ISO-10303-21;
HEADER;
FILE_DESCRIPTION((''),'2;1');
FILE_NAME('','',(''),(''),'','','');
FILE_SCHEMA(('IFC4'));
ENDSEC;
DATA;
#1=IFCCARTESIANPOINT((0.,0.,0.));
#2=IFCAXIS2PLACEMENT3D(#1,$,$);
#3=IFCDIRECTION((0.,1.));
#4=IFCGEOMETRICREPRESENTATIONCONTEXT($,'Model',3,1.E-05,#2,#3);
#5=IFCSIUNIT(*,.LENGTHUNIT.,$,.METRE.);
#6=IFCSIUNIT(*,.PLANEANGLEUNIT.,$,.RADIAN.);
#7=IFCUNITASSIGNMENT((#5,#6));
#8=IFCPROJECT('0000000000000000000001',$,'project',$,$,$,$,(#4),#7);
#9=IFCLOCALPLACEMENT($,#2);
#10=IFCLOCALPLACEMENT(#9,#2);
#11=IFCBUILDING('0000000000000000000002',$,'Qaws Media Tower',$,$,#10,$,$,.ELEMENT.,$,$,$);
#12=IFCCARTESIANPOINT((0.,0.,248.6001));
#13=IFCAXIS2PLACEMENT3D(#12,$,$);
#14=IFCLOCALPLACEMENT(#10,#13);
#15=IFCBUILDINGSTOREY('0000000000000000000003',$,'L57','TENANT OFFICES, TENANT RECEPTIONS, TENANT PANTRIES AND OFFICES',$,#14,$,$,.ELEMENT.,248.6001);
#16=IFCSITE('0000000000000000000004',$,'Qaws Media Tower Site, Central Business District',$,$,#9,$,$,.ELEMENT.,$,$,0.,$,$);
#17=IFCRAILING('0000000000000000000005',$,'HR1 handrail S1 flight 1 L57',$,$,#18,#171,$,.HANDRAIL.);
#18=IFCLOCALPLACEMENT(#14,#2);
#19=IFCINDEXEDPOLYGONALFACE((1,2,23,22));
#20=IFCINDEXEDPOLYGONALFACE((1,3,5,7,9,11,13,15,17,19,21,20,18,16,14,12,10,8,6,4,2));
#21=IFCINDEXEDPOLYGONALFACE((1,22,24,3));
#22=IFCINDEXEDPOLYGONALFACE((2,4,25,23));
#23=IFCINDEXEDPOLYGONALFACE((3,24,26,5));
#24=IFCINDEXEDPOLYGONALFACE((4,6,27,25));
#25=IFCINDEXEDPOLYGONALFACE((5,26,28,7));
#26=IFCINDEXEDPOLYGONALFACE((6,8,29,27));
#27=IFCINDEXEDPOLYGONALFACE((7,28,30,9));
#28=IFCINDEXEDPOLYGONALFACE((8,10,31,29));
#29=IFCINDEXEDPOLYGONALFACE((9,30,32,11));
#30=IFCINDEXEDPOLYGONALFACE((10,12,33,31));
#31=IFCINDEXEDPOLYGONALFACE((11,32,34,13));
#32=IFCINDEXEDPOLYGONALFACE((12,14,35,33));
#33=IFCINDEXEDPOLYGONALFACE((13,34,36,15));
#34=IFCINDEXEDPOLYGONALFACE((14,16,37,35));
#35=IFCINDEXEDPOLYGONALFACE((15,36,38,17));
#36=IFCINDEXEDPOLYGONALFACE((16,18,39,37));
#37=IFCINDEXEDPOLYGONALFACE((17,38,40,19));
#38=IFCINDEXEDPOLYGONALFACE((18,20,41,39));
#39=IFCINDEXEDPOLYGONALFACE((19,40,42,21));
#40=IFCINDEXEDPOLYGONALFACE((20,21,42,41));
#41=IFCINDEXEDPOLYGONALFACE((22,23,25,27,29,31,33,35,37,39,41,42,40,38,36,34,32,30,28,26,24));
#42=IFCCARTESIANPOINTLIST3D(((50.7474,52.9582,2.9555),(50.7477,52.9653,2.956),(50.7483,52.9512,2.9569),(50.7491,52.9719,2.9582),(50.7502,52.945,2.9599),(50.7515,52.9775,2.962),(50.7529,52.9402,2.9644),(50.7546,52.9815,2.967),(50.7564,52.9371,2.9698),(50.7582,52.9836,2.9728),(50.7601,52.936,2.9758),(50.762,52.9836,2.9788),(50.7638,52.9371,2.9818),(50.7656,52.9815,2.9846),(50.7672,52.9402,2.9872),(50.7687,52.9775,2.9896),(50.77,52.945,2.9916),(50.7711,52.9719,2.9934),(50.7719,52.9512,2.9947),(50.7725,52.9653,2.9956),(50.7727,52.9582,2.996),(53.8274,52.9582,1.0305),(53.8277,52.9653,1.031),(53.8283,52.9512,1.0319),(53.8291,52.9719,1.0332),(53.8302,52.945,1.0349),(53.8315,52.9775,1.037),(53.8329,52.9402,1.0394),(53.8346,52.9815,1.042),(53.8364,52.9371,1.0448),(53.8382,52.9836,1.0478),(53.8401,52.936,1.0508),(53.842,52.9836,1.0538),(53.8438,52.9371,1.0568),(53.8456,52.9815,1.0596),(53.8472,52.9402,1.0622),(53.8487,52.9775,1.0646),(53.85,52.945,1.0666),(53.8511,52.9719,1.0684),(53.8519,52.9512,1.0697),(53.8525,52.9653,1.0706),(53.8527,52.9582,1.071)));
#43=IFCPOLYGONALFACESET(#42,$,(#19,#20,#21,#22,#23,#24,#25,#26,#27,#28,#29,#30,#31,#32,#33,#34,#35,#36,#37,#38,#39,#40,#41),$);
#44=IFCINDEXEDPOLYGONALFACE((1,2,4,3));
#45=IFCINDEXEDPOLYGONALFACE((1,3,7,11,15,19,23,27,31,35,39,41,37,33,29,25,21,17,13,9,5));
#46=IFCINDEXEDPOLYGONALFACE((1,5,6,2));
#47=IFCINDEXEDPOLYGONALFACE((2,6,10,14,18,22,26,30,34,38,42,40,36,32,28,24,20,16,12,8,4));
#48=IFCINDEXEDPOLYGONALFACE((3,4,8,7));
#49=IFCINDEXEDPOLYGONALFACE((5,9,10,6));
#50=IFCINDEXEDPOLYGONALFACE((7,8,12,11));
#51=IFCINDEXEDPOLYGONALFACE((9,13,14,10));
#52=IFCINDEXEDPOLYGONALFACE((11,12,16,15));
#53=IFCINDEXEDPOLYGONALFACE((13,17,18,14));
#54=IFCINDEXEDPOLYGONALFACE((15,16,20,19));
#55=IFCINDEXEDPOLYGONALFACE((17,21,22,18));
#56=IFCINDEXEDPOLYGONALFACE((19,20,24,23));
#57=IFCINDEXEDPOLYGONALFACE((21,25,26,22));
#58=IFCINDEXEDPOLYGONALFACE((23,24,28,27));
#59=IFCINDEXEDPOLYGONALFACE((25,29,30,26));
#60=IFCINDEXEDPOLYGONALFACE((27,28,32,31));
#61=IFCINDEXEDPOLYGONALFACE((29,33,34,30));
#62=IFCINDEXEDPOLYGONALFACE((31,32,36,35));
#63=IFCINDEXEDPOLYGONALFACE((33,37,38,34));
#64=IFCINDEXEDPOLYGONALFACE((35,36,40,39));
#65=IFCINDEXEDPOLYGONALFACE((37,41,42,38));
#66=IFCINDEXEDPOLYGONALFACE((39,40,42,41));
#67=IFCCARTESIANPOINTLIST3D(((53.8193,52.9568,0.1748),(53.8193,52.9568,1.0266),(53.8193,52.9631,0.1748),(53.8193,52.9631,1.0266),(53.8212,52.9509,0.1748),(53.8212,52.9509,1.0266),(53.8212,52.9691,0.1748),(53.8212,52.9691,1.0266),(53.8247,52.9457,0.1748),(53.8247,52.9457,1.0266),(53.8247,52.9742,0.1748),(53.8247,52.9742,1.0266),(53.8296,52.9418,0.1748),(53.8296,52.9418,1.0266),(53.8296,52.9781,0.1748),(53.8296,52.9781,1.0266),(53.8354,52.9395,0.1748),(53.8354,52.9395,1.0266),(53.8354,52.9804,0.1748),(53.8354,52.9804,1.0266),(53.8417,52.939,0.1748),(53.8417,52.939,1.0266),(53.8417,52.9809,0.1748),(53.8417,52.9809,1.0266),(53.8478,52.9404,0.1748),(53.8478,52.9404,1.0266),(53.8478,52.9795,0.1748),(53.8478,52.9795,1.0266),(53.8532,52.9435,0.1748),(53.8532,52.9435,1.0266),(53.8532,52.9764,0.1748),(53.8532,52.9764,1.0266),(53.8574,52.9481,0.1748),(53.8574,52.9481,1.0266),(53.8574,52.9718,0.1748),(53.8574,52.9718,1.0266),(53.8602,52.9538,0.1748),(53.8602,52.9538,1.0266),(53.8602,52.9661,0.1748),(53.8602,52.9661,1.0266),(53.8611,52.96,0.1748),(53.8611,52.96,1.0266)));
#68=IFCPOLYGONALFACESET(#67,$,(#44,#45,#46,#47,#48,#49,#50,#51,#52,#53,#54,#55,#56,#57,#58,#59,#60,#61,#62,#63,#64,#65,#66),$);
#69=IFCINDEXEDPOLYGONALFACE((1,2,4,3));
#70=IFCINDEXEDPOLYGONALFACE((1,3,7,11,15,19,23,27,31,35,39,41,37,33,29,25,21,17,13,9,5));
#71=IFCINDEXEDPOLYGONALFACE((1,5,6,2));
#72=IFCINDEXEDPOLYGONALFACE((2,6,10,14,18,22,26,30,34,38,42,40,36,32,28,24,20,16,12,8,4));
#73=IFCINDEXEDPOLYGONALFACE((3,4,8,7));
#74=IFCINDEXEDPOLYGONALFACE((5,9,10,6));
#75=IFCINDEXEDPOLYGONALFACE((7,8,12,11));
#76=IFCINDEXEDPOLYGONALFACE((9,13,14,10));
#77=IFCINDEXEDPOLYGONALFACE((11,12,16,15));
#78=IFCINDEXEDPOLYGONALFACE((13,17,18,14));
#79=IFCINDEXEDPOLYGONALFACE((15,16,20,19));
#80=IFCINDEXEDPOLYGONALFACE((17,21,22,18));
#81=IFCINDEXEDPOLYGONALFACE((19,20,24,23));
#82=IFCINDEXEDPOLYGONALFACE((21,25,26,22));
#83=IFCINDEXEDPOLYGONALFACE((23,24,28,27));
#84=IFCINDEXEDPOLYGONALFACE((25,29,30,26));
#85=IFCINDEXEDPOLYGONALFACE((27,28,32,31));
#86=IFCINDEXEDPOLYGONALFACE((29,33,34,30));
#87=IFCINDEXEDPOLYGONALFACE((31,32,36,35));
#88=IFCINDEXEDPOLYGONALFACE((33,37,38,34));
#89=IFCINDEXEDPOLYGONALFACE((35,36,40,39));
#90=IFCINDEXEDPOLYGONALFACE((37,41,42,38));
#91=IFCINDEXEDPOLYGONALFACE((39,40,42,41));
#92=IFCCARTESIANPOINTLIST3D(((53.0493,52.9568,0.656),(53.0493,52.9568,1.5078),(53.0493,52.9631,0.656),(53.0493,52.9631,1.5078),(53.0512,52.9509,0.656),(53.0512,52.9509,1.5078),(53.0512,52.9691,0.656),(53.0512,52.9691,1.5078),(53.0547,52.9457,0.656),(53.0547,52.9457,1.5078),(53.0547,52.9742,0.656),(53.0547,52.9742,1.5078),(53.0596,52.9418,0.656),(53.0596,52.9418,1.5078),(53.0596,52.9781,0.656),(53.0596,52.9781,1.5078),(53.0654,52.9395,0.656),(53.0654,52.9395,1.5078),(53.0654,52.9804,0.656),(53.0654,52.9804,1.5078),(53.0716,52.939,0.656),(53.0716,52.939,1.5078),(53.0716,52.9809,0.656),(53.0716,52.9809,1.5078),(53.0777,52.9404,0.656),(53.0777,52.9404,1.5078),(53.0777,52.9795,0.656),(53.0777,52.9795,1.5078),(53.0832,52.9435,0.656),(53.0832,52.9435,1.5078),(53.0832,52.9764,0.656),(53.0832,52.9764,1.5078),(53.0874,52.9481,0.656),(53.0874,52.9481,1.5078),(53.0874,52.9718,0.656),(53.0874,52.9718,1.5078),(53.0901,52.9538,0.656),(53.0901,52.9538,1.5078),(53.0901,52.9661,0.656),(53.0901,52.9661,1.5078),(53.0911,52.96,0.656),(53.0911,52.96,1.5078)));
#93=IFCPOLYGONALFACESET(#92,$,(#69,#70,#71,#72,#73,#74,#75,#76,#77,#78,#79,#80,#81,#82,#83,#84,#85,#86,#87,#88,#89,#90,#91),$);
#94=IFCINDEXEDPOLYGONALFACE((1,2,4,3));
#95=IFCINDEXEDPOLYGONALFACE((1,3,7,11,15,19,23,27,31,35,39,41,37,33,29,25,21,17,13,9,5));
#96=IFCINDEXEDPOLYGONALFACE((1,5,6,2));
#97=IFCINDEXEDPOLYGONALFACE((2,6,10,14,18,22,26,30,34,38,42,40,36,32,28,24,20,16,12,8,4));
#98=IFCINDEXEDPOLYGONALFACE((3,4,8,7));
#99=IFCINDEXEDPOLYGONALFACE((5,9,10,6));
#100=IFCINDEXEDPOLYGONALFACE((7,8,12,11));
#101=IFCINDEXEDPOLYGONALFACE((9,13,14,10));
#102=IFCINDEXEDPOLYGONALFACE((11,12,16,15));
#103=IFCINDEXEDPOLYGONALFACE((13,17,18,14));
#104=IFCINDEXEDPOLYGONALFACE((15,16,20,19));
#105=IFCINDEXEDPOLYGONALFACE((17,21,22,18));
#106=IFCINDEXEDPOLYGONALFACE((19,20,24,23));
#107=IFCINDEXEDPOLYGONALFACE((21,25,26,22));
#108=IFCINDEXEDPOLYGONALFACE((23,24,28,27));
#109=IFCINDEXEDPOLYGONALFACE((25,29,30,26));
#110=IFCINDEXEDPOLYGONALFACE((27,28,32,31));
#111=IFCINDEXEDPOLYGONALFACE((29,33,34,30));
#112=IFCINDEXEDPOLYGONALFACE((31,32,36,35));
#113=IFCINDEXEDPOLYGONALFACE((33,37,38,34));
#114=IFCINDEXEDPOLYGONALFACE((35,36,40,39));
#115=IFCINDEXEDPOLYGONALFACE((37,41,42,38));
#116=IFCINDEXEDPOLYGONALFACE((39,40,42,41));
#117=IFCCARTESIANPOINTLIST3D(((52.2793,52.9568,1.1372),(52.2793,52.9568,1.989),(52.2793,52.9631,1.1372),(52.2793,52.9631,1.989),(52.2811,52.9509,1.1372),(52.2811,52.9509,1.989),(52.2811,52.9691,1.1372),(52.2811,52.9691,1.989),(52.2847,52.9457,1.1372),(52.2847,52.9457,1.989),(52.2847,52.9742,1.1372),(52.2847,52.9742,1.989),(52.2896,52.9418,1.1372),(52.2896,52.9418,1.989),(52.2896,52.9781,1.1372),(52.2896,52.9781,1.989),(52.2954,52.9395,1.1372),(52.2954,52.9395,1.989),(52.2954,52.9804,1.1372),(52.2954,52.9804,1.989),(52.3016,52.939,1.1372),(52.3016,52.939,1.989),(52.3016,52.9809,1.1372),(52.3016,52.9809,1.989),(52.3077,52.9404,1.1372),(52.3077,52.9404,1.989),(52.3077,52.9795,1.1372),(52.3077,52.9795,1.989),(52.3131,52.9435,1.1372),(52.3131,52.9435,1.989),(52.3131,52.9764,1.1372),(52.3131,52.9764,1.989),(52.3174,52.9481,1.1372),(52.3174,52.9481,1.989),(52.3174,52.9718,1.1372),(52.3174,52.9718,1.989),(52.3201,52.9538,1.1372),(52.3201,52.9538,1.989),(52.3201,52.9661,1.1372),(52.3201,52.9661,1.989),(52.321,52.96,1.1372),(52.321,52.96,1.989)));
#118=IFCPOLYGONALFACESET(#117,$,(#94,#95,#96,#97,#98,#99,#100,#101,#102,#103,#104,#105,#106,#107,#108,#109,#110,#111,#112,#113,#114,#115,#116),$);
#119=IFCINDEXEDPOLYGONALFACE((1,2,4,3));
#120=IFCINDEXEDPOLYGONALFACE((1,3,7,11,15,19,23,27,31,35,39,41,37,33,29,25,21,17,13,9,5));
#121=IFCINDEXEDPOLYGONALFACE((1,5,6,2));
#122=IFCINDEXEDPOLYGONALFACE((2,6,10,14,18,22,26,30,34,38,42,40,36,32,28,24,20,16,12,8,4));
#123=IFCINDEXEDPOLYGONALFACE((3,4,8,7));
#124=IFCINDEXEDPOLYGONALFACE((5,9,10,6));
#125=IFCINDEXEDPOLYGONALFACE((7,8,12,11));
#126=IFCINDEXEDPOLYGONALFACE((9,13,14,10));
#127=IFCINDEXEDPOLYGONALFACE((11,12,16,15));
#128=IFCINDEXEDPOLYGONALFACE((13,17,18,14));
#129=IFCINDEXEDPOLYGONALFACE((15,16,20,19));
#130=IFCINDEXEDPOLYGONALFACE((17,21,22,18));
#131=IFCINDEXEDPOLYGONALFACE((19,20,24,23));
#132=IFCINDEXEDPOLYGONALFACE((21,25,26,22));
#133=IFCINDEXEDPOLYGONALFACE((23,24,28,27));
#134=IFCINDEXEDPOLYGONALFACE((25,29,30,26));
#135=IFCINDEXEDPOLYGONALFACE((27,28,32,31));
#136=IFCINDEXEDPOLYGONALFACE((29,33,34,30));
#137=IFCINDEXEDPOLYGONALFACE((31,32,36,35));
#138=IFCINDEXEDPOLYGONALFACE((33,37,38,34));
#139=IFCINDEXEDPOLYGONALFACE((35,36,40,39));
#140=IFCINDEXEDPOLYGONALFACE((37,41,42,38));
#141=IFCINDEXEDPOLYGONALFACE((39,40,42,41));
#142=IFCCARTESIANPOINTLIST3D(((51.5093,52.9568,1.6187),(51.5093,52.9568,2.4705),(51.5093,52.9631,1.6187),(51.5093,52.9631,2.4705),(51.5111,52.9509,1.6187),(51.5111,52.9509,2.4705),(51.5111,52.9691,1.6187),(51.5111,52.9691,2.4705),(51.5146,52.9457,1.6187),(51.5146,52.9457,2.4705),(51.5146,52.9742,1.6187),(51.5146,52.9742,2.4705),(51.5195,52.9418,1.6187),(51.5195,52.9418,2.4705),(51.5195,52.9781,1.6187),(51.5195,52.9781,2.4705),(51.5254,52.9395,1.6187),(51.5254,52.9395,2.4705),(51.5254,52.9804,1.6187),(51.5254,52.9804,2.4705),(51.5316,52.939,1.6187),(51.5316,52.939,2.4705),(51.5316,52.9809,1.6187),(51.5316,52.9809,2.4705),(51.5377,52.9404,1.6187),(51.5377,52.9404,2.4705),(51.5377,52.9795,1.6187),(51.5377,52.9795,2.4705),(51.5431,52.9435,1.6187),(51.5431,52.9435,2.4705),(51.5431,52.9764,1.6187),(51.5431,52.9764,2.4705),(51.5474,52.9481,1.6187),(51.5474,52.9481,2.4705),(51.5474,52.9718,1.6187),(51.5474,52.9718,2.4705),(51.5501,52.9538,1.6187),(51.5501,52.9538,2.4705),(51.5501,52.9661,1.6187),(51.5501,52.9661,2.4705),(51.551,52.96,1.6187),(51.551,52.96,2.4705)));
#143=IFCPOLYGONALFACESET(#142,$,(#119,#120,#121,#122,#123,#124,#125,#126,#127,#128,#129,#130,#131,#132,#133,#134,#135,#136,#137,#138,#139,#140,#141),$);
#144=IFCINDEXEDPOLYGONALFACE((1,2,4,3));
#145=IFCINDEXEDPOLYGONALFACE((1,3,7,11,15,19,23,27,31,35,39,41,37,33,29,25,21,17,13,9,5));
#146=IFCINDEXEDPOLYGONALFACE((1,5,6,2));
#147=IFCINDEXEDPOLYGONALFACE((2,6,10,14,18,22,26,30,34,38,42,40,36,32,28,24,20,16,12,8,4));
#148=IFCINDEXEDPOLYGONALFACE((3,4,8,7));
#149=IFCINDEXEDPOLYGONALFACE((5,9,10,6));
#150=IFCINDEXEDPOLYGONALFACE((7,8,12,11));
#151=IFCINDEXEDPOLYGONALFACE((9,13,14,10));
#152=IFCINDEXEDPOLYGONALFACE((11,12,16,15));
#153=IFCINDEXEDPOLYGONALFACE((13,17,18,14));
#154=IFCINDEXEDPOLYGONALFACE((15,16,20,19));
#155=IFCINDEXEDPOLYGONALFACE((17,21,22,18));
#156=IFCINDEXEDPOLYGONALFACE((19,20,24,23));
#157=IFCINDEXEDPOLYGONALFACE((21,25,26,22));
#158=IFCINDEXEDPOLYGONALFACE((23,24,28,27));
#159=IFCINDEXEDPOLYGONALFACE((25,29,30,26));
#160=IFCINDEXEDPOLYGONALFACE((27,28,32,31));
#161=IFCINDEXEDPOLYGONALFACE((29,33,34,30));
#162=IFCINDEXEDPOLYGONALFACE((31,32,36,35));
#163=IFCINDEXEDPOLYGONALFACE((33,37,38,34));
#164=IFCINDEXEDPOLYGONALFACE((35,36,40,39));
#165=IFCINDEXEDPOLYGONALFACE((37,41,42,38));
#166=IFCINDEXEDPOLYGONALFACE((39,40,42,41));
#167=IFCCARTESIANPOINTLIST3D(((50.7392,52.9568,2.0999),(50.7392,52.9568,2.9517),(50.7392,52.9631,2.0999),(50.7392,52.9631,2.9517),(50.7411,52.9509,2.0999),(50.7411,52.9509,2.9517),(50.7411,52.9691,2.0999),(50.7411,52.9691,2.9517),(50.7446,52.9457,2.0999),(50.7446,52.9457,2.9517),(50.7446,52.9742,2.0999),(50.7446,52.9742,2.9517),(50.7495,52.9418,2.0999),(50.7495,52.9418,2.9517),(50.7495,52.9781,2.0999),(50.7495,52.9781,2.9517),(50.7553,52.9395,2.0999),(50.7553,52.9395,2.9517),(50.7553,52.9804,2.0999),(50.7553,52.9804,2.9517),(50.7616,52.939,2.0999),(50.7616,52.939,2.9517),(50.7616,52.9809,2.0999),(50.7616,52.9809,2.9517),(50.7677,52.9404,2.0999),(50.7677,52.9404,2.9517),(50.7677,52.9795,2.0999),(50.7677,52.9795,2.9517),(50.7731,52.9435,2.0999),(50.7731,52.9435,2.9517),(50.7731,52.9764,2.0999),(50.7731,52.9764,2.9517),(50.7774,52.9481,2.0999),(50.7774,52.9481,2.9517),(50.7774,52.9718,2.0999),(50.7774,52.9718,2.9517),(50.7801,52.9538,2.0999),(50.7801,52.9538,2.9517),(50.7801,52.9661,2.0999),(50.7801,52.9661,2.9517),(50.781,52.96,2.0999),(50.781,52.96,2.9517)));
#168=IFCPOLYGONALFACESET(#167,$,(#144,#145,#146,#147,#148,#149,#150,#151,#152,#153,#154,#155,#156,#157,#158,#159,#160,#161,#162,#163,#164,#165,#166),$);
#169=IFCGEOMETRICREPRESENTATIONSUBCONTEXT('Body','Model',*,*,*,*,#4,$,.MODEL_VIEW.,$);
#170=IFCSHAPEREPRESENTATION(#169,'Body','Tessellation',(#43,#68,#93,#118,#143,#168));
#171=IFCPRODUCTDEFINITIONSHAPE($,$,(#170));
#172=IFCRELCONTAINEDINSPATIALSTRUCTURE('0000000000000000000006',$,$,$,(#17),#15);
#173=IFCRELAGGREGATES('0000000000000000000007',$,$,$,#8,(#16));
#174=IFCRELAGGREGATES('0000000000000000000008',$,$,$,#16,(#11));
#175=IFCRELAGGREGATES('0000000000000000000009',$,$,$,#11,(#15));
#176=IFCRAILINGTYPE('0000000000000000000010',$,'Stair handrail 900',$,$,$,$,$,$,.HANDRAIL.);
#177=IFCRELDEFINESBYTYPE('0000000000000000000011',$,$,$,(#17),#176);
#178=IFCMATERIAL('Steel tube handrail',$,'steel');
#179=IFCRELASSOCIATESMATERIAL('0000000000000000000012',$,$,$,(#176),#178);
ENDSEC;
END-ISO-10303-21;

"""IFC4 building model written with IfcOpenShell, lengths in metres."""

from ifc_helpers import new_model, si_unit, direction, frame, origin, origin_2d, place, context, subcontext, project, spatial, circle, extrude, material, type_object, element, save


model = new_model("IFC4")

# Units and contexts
model_context = context("Model", 3, precision=1e-05, world=origin(), true_north=direction((0.0, 1.0)))
body_context = subcontext(model_context, "Body", "Model", "MODEL_VIEW")
ifc_project = project(units=[si_unit("LENGTHUNIT", "METRE"), si_unit("PLANEANGLEUNIT", "RADIAN")], contexts=[model_context])

# Site, building, storey
site_placement = place(None, origin())
site = spatial("IfcSite", under=ifc_project, at=site_placement, Name="Qaws Media Tower Site, Central Business District", CompositionType="ELEMENT", RefElevation=0.0)
building_placement = place(site_placement, origin())
building = spatial("IfcBuilding", under=site, at=building_placement, Name="Qaws Media Tower", CompositionType="ELEMENT")
storey_placement = place(building_placement, frame((0.0, 0.0, 248.6001)))
storey = spatial("IfcBuildingStorey", under=building, at=storey_placement, Name="L57", Description="TENANT OFFICES, TENANT RECEPTIONS, TENANT PANTRIES AND OFFICES", CompositionType="ELEMENT", Elevation=248.6001)

# Railing
ifc_material_1 = material(Name="Steel tube handrail", Category="steel")
railing_type = type_object("IfcRailingType", Name="Stair handrail 900", PredefinedType="HANDRAIL", material=ifc_material_1)
for number, where, name in (
    (1, (53.8401, 52.96, 0.1748), "HR1 handrail S1 flight 1 L57"),
):
    element("IfcRailing", number, at=place(storey_placement, frame(where)), inside=storey, type_object=railing_type, Name=name, PredefinedType="HANDRAIL", context=body_context, shape_type="SweptSolid", body=[
        extrude(circle(Radius=0.0239, at=origin_2d()), frame((0.0, 0.0, 0.876), z_axis=(-0.847998, 0.0, 0.529999), x_axis=(0.0, -1.0, 0.0)), (0.0, 0.0, 1.0), 3.6321),
        extrude(circle(Radius=0.021, at=origin_2d()), origin(), (0.0, 0.0, 1.0), 0.8518),
        extrude(circle(Radius=0.021, at=origin_2d()), frame((-0.77, 0.0, 0.4812)), (0.0, 0.0, 1.0), 0.8518),
        extrude(circle(Radius=0.021, at=origin_2d()), frame((-1.54, 0.0, 0.9624)), (0.0, 0.0, 1.0), 0.8518),
        extrude(circle(Radius=0.021, at=origin_2d()), frame((-2.3101, 0.0, 1.4438)), (0.0, 0.0, 1.0), 0.8518),
        extrude(circle(Radius=0.021, at=origin_2d()), frame((-3.0801, 0.0, 1.925)), (0.0, 0.0, 1.0), 0.8518),
    ])

save(model, "model.ifc")
